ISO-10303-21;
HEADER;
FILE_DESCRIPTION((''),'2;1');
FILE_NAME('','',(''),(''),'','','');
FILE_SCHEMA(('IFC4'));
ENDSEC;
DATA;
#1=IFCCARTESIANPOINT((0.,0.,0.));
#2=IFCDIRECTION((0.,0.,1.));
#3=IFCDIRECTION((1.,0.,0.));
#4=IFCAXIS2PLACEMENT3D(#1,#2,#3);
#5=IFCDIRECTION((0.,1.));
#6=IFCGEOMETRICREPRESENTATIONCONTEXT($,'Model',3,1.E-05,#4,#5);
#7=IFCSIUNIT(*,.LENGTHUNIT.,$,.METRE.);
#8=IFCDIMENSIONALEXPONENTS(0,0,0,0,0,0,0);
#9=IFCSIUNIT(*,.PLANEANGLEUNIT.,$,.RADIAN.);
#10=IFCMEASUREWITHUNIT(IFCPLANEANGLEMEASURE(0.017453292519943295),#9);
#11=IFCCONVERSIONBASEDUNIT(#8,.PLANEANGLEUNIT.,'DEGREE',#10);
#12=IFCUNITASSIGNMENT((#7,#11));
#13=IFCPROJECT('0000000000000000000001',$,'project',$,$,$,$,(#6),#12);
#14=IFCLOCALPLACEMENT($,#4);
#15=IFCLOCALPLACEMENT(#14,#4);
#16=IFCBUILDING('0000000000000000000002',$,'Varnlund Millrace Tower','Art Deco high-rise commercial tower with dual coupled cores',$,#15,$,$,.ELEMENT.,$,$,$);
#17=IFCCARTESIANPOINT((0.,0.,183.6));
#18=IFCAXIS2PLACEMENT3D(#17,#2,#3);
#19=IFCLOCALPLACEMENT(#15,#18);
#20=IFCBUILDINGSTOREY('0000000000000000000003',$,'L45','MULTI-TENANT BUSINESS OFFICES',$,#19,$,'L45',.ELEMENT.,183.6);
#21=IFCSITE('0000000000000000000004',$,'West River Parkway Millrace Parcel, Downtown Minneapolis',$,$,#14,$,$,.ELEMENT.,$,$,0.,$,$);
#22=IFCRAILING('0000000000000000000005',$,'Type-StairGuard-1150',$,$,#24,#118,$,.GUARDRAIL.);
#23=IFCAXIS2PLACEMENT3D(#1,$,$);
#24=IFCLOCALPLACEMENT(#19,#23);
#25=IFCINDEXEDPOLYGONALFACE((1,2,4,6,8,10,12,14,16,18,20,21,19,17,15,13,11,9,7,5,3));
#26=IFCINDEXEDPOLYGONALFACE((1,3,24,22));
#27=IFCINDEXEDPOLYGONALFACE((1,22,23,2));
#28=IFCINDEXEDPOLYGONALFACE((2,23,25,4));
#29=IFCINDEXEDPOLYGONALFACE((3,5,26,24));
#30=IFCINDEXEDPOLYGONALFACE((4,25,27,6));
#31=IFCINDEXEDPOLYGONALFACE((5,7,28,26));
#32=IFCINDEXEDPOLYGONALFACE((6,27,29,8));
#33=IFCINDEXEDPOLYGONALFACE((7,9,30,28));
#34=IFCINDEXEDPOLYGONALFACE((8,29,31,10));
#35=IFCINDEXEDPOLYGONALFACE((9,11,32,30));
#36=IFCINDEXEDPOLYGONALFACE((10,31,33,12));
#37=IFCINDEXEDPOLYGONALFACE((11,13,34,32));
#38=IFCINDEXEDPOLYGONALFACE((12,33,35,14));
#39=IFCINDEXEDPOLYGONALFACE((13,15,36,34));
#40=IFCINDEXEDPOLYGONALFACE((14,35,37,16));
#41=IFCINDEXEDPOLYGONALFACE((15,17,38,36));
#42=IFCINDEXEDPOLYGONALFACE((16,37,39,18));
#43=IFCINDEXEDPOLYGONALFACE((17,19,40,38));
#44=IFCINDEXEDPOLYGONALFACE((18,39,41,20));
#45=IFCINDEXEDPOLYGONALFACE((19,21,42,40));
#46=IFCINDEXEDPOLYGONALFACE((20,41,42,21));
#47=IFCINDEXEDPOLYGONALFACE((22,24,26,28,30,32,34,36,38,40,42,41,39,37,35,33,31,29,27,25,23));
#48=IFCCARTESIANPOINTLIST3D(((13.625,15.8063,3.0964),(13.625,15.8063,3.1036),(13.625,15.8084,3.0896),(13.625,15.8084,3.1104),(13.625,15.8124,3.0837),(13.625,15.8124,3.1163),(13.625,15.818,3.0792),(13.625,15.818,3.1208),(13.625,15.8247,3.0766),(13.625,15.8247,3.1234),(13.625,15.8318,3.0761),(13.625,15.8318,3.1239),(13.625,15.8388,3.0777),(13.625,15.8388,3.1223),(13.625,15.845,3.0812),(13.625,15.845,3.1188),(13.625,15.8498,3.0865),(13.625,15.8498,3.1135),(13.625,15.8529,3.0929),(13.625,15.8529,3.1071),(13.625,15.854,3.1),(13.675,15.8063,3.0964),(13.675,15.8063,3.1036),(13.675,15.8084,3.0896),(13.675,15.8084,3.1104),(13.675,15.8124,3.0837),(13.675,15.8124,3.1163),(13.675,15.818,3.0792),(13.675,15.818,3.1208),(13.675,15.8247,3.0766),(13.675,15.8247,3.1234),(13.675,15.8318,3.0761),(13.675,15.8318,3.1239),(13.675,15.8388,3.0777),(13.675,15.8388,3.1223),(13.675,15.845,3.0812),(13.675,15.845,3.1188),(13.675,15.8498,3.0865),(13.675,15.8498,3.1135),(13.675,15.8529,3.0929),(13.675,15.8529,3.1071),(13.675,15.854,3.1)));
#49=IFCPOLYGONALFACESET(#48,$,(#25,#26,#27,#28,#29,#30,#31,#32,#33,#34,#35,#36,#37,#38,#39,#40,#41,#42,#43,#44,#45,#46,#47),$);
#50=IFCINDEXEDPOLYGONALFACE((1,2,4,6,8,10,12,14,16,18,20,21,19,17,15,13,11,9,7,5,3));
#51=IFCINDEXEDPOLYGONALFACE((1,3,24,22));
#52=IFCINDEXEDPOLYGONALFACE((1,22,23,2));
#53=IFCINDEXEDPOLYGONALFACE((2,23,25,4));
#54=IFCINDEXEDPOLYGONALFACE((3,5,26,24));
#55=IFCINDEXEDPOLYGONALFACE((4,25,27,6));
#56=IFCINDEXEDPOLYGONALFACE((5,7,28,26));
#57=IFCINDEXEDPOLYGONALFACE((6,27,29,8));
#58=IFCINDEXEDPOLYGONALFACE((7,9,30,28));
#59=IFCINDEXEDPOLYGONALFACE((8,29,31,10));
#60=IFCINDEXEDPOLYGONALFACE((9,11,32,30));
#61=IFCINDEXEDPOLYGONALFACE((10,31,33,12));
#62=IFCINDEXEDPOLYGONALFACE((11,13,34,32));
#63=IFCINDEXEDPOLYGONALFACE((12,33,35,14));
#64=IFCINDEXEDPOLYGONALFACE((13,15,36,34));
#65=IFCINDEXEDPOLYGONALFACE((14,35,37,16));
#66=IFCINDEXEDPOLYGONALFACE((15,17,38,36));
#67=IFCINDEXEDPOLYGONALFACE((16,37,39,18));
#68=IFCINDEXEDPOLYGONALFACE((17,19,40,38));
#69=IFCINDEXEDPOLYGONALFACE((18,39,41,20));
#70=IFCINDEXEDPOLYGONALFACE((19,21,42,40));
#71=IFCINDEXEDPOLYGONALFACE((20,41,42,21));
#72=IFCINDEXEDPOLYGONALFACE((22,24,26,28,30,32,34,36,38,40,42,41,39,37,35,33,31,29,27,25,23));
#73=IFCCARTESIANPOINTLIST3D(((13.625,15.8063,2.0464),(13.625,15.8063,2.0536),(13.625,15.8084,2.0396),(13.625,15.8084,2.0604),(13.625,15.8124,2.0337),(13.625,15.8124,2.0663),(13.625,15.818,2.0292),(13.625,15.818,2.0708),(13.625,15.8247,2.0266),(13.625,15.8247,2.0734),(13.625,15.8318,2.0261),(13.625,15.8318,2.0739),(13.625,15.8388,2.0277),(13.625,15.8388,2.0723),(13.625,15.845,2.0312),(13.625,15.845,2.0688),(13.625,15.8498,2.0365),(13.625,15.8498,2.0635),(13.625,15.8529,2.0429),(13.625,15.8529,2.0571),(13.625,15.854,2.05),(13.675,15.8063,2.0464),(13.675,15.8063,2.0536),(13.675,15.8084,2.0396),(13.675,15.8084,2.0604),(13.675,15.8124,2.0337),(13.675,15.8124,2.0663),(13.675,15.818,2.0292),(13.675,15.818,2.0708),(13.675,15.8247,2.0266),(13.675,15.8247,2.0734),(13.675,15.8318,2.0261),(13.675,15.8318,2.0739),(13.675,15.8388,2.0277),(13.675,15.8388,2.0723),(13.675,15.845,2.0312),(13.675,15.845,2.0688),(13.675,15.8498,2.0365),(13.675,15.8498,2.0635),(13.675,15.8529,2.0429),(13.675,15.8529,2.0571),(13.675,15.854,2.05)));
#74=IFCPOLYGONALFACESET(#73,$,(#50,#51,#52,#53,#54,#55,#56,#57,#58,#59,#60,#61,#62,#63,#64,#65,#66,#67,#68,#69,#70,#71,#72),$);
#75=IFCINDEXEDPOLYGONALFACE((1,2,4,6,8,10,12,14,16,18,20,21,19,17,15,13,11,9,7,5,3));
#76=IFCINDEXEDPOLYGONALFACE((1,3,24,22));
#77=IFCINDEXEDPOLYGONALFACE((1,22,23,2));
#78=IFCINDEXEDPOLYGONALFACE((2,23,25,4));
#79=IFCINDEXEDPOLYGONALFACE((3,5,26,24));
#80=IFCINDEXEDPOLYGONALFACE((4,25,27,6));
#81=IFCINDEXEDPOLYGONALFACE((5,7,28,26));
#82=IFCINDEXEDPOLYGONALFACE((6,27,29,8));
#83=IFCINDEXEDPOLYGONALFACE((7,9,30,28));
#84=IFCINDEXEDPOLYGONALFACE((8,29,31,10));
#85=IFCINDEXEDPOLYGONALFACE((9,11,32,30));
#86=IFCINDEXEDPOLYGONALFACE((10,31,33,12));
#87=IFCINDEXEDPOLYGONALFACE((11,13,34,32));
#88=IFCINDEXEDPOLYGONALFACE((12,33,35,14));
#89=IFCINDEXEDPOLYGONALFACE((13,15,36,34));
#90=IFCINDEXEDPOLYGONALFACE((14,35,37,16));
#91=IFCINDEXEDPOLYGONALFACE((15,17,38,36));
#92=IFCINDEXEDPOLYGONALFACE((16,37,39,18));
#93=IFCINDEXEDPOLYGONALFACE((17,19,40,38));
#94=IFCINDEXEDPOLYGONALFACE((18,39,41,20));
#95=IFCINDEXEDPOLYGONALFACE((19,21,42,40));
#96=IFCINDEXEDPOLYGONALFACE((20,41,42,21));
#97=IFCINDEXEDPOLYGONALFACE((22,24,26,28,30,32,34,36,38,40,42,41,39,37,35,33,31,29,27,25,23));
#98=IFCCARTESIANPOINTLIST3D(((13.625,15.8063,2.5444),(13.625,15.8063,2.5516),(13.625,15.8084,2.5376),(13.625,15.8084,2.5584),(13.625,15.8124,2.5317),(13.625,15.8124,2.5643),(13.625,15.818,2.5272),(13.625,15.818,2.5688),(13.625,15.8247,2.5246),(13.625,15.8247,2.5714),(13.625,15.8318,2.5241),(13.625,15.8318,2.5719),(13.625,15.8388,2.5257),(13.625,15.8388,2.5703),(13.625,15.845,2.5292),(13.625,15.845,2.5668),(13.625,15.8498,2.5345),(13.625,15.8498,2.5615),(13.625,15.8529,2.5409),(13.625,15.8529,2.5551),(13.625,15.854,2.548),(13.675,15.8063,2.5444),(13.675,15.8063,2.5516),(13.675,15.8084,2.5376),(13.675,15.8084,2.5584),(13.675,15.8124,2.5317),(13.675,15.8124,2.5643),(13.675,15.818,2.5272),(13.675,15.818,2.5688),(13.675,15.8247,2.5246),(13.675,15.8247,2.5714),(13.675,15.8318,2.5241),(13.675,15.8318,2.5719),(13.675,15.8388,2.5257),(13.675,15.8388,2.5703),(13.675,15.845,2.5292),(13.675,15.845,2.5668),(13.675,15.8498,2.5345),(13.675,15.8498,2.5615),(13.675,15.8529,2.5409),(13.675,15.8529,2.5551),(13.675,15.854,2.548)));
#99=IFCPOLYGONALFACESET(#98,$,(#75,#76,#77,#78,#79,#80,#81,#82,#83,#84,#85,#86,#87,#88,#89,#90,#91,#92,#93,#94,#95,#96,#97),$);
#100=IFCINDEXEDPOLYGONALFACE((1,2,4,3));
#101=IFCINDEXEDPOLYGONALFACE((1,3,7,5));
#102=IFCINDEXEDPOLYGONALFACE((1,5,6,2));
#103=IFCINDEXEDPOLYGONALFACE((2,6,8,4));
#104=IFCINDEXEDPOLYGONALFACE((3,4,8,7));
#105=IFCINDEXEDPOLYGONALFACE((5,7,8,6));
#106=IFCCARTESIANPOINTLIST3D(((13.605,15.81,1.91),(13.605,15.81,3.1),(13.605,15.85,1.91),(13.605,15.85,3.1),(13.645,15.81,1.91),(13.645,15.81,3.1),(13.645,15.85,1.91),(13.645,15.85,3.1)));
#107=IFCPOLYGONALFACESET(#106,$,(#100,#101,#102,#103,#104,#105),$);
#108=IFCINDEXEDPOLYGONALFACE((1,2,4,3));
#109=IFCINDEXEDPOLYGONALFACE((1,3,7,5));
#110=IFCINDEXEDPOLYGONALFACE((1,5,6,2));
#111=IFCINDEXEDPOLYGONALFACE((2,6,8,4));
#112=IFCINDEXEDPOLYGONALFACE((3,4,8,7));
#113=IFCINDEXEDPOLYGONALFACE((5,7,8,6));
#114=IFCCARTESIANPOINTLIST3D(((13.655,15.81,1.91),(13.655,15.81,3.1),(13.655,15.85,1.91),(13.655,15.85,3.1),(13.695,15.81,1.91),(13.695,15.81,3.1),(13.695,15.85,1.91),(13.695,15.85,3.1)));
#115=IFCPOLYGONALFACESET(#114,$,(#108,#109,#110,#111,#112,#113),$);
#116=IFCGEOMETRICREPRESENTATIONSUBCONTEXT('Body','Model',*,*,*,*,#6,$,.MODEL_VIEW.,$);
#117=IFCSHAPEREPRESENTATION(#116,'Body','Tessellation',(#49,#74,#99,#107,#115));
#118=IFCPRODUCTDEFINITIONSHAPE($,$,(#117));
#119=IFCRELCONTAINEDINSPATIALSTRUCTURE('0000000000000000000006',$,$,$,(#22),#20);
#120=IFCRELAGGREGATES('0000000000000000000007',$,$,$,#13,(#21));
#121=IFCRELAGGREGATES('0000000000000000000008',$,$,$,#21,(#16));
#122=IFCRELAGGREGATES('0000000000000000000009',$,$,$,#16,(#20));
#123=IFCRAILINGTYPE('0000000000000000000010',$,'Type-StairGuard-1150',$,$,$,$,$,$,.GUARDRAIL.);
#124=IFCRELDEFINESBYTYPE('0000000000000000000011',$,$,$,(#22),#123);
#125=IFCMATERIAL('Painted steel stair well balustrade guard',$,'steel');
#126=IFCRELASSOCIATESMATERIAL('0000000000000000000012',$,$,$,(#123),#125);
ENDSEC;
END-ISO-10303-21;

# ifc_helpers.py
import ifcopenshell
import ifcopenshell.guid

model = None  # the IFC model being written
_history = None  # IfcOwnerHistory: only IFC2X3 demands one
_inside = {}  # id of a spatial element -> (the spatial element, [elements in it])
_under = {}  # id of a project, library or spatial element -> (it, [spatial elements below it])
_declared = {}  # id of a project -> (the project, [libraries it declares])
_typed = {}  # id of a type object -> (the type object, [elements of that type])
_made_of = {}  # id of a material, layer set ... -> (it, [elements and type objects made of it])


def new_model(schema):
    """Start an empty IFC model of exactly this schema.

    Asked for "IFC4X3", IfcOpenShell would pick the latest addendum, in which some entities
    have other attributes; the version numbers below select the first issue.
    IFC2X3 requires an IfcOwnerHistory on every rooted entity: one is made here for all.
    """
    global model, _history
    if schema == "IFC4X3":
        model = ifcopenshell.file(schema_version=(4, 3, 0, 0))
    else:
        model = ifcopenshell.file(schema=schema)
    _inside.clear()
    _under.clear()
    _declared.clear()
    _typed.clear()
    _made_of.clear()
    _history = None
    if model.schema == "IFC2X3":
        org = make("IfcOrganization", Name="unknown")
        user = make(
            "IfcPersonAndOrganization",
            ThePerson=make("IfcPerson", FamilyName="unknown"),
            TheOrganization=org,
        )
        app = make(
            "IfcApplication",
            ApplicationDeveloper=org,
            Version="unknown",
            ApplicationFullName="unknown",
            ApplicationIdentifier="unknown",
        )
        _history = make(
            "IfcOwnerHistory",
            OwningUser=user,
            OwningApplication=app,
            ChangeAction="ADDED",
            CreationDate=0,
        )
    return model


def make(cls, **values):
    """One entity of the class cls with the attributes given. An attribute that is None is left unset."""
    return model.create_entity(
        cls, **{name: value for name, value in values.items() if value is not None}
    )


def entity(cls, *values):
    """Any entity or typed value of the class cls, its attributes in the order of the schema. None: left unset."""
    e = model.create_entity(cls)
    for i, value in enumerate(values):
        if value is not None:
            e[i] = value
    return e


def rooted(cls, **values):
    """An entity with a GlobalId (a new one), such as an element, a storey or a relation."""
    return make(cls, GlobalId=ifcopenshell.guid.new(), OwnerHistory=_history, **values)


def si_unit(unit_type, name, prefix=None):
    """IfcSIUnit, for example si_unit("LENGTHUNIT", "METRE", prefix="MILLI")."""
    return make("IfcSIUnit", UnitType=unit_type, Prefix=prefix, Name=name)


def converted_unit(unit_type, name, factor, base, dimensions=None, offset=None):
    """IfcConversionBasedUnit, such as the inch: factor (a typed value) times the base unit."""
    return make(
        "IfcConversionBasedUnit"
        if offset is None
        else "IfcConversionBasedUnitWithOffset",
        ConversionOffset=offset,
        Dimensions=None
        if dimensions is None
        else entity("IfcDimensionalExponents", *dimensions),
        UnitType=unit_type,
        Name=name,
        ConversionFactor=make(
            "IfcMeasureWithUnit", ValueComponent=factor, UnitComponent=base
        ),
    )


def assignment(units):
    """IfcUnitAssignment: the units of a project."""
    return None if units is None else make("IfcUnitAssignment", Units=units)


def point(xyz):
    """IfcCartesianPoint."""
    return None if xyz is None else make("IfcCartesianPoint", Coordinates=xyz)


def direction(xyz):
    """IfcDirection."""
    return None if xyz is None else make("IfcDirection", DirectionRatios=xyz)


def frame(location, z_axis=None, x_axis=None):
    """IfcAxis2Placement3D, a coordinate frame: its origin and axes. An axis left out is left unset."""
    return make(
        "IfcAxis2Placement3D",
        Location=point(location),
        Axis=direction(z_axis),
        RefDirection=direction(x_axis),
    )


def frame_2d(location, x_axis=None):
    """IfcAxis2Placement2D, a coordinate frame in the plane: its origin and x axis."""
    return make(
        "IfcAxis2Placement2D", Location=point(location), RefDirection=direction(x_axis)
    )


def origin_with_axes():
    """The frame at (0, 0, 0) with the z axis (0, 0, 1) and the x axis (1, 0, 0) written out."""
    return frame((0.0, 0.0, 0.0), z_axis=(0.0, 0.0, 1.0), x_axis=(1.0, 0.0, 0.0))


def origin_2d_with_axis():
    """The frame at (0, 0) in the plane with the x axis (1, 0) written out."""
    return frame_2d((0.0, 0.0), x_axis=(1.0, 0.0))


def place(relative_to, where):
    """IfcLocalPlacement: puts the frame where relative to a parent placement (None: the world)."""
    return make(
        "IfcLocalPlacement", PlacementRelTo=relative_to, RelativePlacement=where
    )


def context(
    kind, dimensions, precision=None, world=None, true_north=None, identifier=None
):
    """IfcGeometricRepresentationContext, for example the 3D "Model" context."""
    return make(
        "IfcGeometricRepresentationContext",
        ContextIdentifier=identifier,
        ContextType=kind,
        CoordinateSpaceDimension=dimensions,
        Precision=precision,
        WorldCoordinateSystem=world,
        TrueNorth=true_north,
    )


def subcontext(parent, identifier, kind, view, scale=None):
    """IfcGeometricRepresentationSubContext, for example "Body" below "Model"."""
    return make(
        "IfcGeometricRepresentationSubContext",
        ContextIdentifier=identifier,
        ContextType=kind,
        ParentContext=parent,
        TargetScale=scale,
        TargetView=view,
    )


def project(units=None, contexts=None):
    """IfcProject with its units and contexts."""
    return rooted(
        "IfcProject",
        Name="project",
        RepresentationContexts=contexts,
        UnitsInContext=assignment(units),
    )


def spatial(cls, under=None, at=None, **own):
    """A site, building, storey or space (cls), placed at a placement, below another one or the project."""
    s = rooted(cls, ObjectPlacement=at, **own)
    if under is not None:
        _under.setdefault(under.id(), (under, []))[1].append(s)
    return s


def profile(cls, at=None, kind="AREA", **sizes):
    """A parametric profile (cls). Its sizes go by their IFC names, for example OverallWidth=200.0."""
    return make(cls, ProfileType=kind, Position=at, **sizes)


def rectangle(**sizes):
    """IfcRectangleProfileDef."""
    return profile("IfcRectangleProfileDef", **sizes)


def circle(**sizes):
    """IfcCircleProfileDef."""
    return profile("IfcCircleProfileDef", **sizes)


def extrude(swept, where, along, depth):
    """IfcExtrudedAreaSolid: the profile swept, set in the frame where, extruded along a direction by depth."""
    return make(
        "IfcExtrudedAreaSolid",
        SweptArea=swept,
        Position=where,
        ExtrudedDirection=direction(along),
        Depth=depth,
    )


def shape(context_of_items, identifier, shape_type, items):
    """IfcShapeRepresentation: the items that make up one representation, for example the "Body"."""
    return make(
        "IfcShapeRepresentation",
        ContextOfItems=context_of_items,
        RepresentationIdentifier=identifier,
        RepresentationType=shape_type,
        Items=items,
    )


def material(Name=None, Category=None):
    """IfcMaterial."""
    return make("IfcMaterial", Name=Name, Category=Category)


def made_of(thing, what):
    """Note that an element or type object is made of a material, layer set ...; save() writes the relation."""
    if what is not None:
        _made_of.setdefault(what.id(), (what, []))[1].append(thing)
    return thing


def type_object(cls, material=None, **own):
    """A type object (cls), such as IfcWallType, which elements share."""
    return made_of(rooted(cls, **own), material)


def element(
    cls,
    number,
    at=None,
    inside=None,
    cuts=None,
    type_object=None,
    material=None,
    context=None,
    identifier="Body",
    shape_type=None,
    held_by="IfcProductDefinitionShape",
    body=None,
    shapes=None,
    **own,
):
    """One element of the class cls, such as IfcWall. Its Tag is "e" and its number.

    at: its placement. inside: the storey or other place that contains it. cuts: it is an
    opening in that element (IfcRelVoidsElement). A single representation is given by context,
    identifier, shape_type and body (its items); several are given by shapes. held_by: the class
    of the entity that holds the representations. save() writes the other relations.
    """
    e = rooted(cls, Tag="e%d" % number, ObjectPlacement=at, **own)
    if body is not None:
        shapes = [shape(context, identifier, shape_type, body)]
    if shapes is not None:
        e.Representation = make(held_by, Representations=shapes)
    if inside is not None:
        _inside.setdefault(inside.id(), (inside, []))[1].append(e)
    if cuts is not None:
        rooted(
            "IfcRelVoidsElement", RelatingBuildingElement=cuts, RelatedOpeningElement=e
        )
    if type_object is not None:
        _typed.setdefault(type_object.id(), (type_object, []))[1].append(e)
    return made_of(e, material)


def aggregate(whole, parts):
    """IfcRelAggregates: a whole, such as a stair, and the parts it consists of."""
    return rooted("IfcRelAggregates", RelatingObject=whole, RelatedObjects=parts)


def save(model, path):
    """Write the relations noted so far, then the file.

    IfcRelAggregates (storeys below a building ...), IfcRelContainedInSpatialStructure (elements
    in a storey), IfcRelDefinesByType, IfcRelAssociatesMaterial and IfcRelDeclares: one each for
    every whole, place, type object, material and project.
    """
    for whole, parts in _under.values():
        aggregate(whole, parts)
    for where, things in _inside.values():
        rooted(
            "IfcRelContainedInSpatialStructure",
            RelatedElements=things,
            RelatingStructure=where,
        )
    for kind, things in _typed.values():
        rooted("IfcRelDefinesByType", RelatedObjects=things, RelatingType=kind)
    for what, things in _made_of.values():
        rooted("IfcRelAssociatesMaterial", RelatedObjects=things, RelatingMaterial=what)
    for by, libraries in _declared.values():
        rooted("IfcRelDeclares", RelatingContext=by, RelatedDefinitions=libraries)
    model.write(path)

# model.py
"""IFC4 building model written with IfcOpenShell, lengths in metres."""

from ifc_helpers import new_model, entity, si_unit, converted_unit, direction, frame, origin_with_axes, origin_2d_with_axis, place, context, subcontext, project, spatial, rectangle, circle, extrude, material, type_object, element, save


model = new_model("IFC4")

# Units and contexts
model_context = context("Model", 3, precision=1e-05, world=origin_with_axes(), true_north=direction((0.0, 1.0)))
body_context = subcontext(model_context, "Body", "Model", "MODEL_VIEW")
ifc_project = project(units=[si_unit("LENGTHUNIT", "METRE"), converted_unit("PLANEANGLEUNIT", "DEGREE", entity("IfcPlaneAngleMeasure", 0.017453292519943295), si_unit("PLANEANGLEUNIT", "RADIAN"), dimensions=[0, 0, 0, 0, 0, 0, 0])], contexts=[model_context])

# Site, building, storey
site_placement = place(None, origin_with_axes())
site = spatial("IfcSite", under=ifc_project, at=site_placement, Name="West River Parkway Millrace Parcel, Downtown Minneapolis", CompositionType="ELEMENT", RefElevation=0.0)
building_placement = place(site_placement, origin_with_axes())
building = spatial("IfcBuilding", under=site, at=building_placement, Name="Varnlund Millrace Tower", Description="Art Deco high-rise commercial tower with dual coupled cores", CompositionType="ELEMENT")
storey_placement = place(building_placement, frame((0.0, 0.0, 183.6), z_axis=(0.0, 0.0, 1.0), x_axis=(1.0, 0.0, 0.0)))
storey = spatial("IfcBuildingStorey", under=building, at=storey_placement, Name="L45", Description="MULTI-TENANT BUSINESS OFFICES", LongName="L45", CompositionType="ELEMENT", Elevation=183.6)

# Railing
ifc_material_1 = material(Name="Painted steel stair well balustrade guard", Category="steel")
railing_type_1 = type_object("IfcRailingType", Name="Type-StairGuard-1150", PredefinedType="GUARDRAIL", material=ifc_material_1)
railing_1_placement = place(storey_placement, frame((0.0, 0.0, -183.6), z_axis=(0.0, 0.0, 1.0), x_axis=(1.0, 0.0, 0.0)))
element("IfcRailing", 1, at=railing_1_placement, inside=storey, type_object=railing_type_1, Name="Type-StairGuard-1150", PredefinedType="GUARDRAIL", context=body_context, shape_type="SweptSolid", body=[
    extrude(circle(Radius=0.024, at=origin_2d_with_axis()), frame((13.625, 15.83, 186.7), z_axis=(1.0, 0.0, 0.0), x_axis=(0.0, 1.0, 0.0)), (0.0, 0.0, 1.0), 0.05),
    extrude(circle(Radius=0.024, at=origin_2d_with_axis()), frame((13.625, 15.83, 185.65), z_axis=(1.0, 0.0, 0.0), x_axis=(0.0, 1.0, 0.0)), (0.0, 0.0, 1.0), 0.05),
    extrude(circle(Radius=0.024, at=origin_2d_with_axis()), frame((13.625, 15.83, 186.148), z_axis=(1.0, 0.0, 0.0), x_axis=(0.0, 1.0, 0.0)), (0.0, 0.0, 1.0), 0.05),
    extrude(rectangle(XDim=0.04, YDim=0.04, at=origin_2d_with_axis()), frame((13.625, 15.83, 185.51), z_axis=(0.0, 0.0, 1.0), x_axis=(1.0, 0.0, 0.0)), (0.0, 0.0, 1.0), 1.19),
    extrude(rectangle(XDim=0.04, YDim=0.04, at=origin_2d_with_axis()), frame((13.675, 15.83, 185.51), z_axis=(0.0, 0.0, 1.0), x_axis=(1.0, 0.0, 0.0)), (0.0, 0.0, 1.0), 1.19),
])

save(model, "model.ifc")
